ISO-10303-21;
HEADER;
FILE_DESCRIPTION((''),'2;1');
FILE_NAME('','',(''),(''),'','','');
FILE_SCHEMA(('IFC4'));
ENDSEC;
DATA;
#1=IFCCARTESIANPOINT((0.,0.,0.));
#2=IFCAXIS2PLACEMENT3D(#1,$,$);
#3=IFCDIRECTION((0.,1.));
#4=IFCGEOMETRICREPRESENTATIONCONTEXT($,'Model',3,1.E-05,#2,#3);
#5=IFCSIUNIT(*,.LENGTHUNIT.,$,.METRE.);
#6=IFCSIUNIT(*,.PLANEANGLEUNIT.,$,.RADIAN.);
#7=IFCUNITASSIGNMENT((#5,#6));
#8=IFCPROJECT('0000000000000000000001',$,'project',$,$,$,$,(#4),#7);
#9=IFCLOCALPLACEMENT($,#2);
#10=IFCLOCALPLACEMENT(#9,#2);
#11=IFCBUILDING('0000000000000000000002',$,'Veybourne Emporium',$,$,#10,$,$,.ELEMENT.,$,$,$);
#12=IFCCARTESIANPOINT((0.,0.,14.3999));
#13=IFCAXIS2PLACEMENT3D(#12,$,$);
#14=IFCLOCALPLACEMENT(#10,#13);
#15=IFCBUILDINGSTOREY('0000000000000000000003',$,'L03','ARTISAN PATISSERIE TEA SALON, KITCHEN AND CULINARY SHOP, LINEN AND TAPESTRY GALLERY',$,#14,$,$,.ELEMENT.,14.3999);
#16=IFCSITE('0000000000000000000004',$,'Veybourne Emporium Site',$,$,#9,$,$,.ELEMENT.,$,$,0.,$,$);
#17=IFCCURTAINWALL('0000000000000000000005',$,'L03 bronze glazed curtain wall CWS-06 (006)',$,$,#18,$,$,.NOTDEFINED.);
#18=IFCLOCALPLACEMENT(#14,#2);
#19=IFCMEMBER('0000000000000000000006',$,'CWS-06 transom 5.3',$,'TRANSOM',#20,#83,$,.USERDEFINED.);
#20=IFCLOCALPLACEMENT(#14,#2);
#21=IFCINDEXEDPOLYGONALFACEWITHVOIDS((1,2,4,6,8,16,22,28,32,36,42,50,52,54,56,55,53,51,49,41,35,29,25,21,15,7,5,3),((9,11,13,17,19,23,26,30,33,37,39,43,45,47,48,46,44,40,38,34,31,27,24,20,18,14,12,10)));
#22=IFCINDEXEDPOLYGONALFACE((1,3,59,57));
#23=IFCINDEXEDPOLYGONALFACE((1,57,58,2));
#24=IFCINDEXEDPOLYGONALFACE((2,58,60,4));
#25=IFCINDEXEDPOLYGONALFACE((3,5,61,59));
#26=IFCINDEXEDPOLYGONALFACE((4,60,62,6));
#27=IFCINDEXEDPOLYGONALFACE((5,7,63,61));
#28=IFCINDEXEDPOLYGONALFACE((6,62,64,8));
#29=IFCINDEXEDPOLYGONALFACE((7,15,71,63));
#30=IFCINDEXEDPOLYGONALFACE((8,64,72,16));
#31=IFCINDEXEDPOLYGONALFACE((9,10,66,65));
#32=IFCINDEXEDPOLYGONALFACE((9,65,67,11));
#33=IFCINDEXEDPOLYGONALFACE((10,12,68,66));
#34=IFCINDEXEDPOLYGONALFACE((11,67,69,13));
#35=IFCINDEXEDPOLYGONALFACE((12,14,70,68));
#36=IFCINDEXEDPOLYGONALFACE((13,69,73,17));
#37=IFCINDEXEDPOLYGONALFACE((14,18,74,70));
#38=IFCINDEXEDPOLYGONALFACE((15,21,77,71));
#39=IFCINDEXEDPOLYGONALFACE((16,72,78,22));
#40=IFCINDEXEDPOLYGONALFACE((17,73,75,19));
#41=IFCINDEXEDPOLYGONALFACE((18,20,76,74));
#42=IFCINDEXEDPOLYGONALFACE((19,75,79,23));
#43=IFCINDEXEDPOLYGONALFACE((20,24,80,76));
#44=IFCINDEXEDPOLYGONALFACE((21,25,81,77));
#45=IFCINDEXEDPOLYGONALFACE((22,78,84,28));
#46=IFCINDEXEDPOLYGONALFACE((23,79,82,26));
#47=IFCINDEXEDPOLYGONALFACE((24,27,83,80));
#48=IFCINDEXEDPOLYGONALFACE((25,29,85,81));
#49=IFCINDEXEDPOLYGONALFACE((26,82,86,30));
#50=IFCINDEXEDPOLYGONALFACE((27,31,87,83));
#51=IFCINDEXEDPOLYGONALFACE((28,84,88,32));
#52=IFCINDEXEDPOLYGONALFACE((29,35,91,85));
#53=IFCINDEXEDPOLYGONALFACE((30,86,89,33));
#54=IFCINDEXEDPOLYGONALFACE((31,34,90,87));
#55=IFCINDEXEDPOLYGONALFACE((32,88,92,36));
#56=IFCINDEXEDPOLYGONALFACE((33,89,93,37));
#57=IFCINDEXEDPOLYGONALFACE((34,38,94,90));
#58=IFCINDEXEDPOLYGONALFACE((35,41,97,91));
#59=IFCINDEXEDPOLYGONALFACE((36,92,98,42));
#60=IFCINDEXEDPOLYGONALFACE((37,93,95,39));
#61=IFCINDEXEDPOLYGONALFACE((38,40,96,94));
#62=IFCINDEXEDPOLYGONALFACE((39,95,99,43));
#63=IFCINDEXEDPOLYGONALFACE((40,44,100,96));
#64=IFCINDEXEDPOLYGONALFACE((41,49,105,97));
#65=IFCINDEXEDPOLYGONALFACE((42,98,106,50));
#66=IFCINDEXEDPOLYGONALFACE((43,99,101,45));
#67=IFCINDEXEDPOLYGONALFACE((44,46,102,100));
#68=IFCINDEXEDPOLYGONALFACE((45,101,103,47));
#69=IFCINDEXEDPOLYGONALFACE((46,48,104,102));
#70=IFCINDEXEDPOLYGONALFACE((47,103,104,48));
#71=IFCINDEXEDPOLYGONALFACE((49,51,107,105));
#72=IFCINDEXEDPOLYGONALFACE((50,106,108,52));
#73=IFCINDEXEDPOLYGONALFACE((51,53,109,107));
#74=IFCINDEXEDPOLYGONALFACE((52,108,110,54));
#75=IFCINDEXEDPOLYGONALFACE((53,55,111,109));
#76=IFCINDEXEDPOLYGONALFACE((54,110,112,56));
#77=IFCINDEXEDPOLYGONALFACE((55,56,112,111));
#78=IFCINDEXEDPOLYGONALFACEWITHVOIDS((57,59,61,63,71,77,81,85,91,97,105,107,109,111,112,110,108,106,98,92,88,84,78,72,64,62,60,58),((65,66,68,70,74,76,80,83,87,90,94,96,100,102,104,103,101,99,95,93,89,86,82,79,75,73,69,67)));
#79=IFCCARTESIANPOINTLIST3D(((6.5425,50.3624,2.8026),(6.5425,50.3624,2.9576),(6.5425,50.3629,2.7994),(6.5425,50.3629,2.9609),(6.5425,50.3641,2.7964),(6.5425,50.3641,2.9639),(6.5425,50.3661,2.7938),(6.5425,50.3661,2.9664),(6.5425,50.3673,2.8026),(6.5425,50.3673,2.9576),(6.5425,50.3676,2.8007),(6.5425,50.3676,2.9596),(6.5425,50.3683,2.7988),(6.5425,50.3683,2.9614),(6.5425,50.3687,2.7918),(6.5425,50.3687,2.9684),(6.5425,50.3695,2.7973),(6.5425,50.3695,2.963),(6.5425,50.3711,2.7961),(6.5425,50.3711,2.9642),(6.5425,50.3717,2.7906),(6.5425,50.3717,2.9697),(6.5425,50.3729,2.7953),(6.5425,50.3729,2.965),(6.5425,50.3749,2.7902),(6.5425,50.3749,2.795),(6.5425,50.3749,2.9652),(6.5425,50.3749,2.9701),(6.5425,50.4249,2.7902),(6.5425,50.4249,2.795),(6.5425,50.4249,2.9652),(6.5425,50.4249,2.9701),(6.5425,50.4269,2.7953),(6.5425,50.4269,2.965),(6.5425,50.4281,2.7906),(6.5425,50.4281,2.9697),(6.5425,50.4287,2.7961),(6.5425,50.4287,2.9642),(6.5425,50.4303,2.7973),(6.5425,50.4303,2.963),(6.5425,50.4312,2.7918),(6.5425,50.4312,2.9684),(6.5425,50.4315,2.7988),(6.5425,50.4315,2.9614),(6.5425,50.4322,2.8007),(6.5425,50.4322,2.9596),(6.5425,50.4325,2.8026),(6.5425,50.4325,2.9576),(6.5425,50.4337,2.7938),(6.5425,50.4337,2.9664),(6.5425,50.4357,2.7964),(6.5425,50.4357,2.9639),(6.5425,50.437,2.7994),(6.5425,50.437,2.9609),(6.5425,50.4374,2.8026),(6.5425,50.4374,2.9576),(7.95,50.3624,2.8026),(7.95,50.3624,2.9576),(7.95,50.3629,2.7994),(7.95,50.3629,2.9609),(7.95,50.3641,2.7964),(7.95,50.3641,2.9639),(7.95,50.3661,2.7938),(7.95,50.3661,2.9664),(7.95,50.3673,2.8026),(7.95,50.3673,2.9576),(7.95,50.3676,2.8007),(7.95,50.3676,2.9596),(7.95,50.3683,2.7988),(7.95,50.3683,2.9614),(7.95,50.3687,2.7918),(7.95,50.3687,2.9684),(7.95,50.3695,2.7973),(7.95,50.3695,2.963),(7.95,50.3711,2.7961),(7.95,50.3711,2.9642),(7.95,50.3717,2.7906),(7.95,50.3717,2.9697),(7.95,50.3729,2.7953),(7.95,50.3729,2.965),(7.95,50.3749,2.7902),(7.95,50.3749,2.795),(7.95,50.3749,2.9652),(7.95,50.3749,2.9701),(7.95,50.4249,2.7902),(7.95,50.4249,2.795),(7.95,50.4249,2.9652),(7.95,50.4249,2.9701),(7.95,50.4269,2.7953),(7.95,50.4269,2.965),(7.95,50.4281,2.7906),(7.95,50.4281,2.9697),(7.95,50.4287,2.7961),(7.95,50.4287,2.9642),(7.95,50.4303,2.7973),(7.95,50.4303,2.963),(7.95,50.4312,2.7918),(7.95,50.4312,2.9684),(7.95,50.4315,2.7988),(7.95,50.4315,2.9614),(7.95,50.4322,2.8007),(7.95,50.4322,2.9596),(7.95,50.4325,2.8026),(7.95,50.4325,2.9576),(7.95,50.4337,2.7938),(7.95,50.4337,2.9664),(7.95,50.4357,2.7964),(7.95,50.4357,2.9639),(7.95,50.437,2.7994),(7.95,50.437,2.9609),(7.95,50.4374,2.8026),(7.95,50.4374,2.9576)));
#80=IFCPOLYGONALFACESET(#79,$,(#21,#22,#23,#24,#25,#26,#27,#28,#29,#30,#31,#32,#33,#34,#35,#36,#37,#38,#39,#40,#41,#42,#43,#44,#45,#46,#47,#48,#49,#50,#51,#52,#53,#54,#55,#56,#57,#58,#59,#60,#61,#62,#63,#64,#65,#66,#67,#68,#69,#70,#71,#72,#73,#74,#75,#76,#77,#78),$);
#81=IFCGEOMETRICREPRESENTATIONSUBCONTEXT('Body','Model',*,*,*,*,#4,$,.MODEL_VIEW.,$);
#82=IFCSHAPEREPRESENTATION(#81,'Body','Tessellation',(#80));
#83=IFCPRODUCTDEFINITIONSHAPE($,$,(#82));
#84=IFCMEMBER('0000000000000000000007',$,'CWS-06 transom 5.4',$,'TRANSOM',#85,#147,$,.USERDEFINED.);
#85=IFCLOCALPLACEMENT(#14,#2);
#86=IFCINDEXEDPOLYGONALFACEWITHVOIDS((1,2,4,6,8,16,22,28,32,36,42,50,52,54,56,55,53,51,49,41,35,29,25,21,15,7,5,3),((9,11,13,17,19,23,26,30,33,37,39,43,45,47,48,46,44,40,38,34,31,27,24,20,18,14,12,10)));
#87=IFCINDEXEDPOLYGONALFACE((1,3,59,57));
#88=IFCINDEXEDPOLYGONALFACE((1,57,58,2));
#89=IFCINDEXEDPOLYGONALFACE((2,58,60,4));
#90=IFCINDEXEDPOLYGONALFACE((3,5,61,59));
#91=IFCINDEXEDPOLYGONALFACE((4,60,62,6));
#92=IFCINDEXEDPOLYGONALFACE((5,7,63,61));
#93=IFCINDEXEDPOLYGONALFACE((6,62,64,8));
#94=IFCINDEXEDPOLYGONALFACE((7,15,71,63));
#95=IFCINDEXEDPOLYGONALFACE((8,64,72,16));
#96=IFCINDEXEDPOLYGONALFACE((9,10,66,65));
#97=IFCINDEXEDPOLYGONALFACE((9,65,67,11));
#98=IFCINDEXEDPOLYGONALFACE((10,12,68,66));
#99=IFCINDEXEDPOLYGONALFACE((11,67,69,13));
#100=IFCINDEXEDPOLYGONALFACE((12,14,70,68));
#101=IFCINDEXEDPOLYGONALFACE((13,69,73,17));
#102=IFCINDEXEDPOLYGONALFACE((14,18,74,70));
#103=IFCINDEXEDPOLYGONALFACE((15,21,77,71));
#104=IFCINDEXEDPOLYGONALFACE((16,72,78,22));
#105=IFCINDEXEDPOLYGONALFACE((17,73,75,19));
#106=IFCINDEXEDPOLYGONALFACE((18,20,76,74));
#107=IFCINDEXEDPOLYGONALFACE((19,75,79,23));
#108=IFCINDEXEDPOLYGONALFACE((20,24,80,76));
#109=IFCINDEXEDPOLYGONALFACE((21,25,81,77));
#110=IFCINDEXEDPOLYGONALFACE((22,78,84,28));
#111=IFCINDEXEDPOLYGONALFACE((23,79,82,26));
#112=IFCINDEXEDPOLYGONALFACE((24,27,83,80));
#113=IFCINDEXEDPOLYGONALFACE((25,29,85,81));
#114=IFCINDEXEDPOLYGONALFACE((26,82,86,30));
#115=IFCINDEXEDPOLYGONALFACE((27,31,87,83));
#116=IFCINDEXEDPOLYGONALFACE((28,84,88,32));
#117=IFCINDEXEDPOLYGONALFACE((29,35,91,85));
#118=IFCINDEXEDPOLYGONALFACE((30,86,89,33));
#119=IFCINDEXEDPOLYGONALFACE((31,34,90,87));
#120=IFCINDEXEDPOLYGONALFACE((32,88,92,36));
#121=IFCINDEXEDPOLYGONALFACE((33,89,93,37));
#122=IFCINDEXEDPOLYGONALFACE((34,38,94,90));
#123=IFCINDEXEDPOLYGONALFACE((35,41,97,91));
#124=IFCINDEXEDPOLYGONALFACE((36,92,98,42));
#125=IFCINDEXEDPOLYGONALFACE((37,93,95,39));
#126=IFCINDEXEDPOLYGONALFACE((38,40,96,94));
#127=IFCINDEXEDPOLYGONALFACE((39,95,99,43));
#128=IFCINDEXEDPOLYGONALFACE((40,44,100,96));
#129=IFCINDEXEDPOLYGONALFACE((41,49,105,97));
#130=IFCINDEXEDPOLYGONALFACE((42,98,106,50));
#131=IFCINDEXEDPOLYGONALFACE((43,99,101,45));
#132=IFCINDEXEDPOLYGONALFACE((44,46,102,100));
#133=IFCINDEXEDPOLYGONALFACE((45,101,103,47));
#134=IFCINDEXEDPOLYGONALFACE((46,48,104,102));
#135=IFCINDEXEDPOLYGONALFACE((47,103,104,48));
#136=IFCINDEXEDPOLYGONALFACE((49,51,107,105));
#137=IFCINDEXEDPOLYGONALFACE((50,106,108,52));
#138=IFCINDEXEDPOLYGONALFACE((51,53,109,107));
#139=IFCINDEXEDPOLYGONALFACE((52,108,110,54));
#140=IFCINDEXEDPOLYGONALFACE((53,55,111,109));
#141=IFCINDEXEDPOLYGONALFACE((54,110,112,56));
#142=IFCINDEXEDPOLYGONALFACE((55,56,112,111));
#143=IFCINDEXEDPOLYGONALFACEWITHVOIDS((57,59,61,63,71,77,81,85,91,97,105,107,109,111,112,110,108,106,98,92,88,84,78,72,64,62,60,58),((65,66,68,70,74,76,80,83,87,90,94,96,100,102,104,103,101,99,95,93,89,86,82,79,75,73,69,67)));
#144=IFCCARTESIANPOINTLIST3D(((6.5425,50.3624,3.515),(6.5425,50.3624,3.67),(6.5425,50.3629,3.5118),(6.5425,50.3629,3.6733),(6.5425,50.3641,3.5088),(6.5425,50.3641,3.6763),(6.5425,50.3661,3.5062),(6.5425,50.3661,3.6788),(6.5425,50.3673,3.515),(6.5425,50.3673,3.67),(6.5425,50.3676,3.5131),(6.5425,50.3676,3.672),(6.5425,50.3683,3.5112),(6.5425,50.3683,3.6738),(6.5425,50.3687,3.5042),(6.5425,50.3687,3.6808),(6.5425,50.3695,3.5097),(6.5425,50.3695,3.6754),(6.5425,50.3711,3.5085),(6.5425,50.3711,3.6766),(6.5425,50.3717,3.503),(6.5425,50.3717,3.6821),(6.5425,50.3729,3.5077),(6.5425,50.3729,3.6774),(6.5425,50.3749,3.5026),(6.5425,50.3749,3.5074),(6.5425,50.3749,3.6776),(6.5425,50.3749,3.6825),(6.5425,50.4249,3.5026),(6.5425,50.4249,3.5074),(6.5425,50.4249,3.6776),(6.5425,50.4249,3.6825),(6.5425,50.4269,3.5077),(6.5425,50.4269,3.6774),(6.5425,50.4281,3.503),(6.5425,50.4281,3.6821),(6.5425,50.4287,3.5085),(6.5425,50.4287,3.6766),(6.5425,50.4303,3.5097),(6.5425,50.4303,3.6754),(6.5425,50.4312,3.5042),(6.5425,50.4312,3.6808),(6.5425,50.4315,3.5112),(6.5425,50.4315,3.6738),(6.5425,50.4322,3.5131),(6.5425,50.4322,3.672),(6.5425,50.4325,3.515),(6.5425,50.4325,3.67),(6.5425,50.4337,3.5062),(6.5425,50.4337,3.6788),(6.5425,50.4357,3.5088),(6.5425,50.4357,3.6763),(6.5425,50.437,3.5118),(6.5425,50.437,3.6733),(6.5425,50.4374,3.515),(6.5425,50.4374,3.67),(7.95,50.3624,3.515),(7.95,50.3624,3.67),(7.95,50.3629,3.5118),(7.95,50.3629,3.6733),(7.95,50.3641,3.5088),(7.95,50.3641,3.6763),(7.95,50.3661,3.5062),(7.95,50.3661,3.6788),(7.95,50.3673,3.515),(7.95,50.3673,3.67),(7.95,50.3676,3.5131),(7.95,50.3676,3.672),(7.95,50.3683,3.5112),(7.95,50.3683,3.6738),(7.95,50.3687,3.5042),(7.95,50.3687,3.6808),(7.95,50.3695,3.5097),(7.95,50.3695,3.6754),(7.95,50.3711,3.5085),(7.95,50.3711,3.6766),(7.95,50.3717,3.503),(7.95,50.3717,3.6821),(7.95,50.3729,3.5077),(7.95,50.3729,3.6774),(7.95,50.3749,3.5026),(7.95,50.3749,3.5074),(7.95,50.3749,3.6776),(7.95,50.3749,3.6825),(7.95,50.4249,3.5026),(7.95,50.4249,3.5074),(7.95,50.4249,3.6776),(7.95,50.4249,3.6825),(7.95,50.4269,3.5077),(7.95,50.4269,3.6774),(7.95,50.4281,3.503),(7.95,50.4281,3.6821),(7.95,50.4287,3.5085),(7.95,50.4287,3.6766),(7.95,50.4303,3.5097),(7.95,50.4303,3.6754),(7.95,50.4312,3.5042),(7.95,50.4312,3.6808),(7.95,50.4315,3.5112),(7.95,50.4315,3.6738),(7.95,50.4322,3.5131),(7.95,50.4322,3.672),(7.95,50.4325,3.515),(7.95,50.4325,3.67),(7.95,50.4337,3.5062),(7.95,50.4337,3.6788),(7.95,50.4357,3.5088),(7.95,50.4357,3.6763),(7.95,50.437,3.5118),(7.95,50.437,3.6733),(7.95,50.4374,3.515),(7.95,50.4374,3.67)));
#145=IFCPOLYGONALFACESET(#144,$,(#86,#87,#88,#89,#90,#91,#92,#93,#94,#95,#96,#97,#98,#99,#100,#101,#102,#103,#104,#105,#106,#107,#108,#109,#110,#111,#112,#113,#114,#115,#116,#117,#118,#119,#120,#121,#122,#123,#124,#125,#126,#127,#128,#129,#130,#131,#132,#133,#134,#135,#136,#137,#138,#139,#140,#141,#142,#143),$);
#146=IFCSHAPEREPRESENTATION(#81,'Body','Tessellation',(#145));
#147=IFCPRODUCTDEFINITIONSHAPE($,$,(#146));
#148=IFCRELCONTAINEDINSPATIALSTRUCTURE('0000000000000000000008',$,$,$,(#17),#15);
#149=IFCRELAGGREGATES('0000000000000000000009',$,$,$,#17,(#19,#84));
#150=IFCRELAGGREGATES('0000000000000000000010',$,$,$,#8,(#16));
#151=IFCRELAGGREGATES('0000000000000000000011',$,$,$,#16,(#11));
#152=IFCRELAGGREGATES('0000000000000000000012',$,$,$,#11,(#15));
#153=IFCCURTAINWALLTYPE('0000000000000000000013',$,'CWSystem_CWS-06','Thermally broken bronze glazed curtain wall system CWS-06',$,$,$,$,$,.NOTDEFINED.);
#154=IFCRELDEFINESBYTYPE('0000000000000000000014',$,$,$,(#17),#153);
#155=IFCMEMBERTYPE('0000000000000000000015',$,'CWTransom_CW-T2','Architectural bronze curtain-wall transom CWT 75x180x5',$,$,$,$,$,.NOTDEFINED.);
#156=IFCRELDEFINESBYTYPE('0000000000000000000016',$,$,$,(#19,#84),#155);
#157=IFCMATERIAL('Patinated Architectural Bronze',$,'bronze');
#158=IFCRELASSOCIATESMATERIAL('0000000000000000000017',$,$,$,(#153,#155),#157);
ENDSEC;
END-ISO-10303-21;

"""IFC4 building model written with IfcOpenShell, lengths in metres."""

from ifc_helpers import new_model, si_unit, direction, frame, origin, origin_2d, place, context, subcontext, project, spatial, hollow_rectangle, extrude, material, material_profile, profile_set, type_object, element, aggregate, save


model = new_model("IFC4")

# Units and contexts
model_context = context("Model", 3, precision=1e-05, world=origin(), true_north=direction((0.0, 1.0)))
body_context = subcontext(model_context, "Body", "Model", "MODEL_VIEW")
ifc_project = project(units=[si_unit("LENGTHUNIT", "METRE"), si_unit("PLANEANGLEUNIT", "RADIAN")], contexts=[model_context])

# Site, building, storey
site_placement = place(None, origin())
site = spatial("IfcSite", under=ifc_project, at=site_placement, Name="Veybourne Emporium Site", CompositionType="ELEMENT", RefElevation=0.0)
building_placement = place(site_placement, origin())
building = spatial("IfcBuilding", under=site, at=building_placement, Name="Veybourne Emporium", CompositionType="ELEMENT")
storey_placement = place(building_placement, frame((0.0, 0.0, 14.3999)))
storey = spatial("IfcBuildingStorey", under=building, at=storey_placement, Name="L03", Description="ARTISAN PATISSERIE TEA SALON, KITCHEN AND CULINARY SHOP, LINEN AND TAPESTRY GALLERY", CompositionType="ELEMENT", Elevation=14.3999)

# Curtain wall
ifc_material_1 = material(Name="Patinated Architectural Bronze", Category="bronze")
curtain_wall_type_1 = type_object("IfcCurtainWallType", Name="CWSystem_CWS-06", Description="Thermally broken bronze glazed curtain wall system CWS-06", PredefinedType="NOTDEFINED", material=ifc_material_1)
curtain_wall_1_placement = place(storey_placement, origin())
curtain_wall_1 = element("IfcCurtainWall", 1, at=curtain_wall_1_placement, inside=storey, type_object=curtain_wall_type_1, Name="L03 bronze glazed curtain wall CWS-06 (006)", PredefinedType="NOTDEFINED")

# Members
ifc_material_profile_1 = material_profile(ifc_material_1, hollow_rectangle(XDim=0.075, YDim=0.1799, WallThickness=0.0049, InnerFilletRadius=0.0076, OuterFilletRadius=0.0125, at=origin_2d()), Name="CWT 75x180x5")
ifc_profile_set_1 = profile_set([ifc_material_profile_1], Name="Patinated Architectural Bronze")
member_type_1 = type_object("IfcMemberType", Name="CWTransom_CW-T2", Description="Architectural bronze curtain-wall transom CWT 75x180x5", PredefinedType="NOTDEFINED", material=ifc_profile_set_1)
member_1_placement = place(storey_placement, frame((6.5425, 50.3999, 2.8801), z_axis=(1.0, 0.0, 0.0), x_axis=(0.0, 1.0, 0.0)))
member_1 = element("IfcMember", 2, at=member_1_placement, type_object=member_type_1, Name="CWS-06 transom 5.3", ObjectType="TRANSOM", PredefinedType="USERDEFINED", context=body_context, shape_type="SweptSolid", body=[
    extrude(hollow_rectangle(XDim=0.075, YDim=0.1799, WallThickness=0.0049, InnerFilletRadius=0.0076, OuterFilletRadius=0.0125, at=origin_2d()), origin(), (0.0, 0.0, 1.0), 1.4075),
])
member_2_placement = place(storey_placement, frame((6.5425, 50.3999, 3.5925), z_axis=(1.0, 0.0, 0.0), x_axis=(0.0, 1.0, 0.0)))
member_2 = element("IfcMember", 3, at=member_2_placement, type_object=member_type_1, Name="CWS-06 transom 5.4", ObjectType="TRANSOM", PredefinedType="USERDEFINED", context=body_context, shape_type="SweptSolid", body=[
    extrude(hollow_rectangle(XDim=0.075, YDim=0.1799, WallThickness=0.0049, InnerFilletRadius=0.0076, OuterFilletRadius=0.0125, at=origin_2d()), origin(), (0.0, 0.0, 1.0), 1.4075),
])

aggregate(curtain_wall_1, [member_1, member_2])

save(model, "model.ifc")
